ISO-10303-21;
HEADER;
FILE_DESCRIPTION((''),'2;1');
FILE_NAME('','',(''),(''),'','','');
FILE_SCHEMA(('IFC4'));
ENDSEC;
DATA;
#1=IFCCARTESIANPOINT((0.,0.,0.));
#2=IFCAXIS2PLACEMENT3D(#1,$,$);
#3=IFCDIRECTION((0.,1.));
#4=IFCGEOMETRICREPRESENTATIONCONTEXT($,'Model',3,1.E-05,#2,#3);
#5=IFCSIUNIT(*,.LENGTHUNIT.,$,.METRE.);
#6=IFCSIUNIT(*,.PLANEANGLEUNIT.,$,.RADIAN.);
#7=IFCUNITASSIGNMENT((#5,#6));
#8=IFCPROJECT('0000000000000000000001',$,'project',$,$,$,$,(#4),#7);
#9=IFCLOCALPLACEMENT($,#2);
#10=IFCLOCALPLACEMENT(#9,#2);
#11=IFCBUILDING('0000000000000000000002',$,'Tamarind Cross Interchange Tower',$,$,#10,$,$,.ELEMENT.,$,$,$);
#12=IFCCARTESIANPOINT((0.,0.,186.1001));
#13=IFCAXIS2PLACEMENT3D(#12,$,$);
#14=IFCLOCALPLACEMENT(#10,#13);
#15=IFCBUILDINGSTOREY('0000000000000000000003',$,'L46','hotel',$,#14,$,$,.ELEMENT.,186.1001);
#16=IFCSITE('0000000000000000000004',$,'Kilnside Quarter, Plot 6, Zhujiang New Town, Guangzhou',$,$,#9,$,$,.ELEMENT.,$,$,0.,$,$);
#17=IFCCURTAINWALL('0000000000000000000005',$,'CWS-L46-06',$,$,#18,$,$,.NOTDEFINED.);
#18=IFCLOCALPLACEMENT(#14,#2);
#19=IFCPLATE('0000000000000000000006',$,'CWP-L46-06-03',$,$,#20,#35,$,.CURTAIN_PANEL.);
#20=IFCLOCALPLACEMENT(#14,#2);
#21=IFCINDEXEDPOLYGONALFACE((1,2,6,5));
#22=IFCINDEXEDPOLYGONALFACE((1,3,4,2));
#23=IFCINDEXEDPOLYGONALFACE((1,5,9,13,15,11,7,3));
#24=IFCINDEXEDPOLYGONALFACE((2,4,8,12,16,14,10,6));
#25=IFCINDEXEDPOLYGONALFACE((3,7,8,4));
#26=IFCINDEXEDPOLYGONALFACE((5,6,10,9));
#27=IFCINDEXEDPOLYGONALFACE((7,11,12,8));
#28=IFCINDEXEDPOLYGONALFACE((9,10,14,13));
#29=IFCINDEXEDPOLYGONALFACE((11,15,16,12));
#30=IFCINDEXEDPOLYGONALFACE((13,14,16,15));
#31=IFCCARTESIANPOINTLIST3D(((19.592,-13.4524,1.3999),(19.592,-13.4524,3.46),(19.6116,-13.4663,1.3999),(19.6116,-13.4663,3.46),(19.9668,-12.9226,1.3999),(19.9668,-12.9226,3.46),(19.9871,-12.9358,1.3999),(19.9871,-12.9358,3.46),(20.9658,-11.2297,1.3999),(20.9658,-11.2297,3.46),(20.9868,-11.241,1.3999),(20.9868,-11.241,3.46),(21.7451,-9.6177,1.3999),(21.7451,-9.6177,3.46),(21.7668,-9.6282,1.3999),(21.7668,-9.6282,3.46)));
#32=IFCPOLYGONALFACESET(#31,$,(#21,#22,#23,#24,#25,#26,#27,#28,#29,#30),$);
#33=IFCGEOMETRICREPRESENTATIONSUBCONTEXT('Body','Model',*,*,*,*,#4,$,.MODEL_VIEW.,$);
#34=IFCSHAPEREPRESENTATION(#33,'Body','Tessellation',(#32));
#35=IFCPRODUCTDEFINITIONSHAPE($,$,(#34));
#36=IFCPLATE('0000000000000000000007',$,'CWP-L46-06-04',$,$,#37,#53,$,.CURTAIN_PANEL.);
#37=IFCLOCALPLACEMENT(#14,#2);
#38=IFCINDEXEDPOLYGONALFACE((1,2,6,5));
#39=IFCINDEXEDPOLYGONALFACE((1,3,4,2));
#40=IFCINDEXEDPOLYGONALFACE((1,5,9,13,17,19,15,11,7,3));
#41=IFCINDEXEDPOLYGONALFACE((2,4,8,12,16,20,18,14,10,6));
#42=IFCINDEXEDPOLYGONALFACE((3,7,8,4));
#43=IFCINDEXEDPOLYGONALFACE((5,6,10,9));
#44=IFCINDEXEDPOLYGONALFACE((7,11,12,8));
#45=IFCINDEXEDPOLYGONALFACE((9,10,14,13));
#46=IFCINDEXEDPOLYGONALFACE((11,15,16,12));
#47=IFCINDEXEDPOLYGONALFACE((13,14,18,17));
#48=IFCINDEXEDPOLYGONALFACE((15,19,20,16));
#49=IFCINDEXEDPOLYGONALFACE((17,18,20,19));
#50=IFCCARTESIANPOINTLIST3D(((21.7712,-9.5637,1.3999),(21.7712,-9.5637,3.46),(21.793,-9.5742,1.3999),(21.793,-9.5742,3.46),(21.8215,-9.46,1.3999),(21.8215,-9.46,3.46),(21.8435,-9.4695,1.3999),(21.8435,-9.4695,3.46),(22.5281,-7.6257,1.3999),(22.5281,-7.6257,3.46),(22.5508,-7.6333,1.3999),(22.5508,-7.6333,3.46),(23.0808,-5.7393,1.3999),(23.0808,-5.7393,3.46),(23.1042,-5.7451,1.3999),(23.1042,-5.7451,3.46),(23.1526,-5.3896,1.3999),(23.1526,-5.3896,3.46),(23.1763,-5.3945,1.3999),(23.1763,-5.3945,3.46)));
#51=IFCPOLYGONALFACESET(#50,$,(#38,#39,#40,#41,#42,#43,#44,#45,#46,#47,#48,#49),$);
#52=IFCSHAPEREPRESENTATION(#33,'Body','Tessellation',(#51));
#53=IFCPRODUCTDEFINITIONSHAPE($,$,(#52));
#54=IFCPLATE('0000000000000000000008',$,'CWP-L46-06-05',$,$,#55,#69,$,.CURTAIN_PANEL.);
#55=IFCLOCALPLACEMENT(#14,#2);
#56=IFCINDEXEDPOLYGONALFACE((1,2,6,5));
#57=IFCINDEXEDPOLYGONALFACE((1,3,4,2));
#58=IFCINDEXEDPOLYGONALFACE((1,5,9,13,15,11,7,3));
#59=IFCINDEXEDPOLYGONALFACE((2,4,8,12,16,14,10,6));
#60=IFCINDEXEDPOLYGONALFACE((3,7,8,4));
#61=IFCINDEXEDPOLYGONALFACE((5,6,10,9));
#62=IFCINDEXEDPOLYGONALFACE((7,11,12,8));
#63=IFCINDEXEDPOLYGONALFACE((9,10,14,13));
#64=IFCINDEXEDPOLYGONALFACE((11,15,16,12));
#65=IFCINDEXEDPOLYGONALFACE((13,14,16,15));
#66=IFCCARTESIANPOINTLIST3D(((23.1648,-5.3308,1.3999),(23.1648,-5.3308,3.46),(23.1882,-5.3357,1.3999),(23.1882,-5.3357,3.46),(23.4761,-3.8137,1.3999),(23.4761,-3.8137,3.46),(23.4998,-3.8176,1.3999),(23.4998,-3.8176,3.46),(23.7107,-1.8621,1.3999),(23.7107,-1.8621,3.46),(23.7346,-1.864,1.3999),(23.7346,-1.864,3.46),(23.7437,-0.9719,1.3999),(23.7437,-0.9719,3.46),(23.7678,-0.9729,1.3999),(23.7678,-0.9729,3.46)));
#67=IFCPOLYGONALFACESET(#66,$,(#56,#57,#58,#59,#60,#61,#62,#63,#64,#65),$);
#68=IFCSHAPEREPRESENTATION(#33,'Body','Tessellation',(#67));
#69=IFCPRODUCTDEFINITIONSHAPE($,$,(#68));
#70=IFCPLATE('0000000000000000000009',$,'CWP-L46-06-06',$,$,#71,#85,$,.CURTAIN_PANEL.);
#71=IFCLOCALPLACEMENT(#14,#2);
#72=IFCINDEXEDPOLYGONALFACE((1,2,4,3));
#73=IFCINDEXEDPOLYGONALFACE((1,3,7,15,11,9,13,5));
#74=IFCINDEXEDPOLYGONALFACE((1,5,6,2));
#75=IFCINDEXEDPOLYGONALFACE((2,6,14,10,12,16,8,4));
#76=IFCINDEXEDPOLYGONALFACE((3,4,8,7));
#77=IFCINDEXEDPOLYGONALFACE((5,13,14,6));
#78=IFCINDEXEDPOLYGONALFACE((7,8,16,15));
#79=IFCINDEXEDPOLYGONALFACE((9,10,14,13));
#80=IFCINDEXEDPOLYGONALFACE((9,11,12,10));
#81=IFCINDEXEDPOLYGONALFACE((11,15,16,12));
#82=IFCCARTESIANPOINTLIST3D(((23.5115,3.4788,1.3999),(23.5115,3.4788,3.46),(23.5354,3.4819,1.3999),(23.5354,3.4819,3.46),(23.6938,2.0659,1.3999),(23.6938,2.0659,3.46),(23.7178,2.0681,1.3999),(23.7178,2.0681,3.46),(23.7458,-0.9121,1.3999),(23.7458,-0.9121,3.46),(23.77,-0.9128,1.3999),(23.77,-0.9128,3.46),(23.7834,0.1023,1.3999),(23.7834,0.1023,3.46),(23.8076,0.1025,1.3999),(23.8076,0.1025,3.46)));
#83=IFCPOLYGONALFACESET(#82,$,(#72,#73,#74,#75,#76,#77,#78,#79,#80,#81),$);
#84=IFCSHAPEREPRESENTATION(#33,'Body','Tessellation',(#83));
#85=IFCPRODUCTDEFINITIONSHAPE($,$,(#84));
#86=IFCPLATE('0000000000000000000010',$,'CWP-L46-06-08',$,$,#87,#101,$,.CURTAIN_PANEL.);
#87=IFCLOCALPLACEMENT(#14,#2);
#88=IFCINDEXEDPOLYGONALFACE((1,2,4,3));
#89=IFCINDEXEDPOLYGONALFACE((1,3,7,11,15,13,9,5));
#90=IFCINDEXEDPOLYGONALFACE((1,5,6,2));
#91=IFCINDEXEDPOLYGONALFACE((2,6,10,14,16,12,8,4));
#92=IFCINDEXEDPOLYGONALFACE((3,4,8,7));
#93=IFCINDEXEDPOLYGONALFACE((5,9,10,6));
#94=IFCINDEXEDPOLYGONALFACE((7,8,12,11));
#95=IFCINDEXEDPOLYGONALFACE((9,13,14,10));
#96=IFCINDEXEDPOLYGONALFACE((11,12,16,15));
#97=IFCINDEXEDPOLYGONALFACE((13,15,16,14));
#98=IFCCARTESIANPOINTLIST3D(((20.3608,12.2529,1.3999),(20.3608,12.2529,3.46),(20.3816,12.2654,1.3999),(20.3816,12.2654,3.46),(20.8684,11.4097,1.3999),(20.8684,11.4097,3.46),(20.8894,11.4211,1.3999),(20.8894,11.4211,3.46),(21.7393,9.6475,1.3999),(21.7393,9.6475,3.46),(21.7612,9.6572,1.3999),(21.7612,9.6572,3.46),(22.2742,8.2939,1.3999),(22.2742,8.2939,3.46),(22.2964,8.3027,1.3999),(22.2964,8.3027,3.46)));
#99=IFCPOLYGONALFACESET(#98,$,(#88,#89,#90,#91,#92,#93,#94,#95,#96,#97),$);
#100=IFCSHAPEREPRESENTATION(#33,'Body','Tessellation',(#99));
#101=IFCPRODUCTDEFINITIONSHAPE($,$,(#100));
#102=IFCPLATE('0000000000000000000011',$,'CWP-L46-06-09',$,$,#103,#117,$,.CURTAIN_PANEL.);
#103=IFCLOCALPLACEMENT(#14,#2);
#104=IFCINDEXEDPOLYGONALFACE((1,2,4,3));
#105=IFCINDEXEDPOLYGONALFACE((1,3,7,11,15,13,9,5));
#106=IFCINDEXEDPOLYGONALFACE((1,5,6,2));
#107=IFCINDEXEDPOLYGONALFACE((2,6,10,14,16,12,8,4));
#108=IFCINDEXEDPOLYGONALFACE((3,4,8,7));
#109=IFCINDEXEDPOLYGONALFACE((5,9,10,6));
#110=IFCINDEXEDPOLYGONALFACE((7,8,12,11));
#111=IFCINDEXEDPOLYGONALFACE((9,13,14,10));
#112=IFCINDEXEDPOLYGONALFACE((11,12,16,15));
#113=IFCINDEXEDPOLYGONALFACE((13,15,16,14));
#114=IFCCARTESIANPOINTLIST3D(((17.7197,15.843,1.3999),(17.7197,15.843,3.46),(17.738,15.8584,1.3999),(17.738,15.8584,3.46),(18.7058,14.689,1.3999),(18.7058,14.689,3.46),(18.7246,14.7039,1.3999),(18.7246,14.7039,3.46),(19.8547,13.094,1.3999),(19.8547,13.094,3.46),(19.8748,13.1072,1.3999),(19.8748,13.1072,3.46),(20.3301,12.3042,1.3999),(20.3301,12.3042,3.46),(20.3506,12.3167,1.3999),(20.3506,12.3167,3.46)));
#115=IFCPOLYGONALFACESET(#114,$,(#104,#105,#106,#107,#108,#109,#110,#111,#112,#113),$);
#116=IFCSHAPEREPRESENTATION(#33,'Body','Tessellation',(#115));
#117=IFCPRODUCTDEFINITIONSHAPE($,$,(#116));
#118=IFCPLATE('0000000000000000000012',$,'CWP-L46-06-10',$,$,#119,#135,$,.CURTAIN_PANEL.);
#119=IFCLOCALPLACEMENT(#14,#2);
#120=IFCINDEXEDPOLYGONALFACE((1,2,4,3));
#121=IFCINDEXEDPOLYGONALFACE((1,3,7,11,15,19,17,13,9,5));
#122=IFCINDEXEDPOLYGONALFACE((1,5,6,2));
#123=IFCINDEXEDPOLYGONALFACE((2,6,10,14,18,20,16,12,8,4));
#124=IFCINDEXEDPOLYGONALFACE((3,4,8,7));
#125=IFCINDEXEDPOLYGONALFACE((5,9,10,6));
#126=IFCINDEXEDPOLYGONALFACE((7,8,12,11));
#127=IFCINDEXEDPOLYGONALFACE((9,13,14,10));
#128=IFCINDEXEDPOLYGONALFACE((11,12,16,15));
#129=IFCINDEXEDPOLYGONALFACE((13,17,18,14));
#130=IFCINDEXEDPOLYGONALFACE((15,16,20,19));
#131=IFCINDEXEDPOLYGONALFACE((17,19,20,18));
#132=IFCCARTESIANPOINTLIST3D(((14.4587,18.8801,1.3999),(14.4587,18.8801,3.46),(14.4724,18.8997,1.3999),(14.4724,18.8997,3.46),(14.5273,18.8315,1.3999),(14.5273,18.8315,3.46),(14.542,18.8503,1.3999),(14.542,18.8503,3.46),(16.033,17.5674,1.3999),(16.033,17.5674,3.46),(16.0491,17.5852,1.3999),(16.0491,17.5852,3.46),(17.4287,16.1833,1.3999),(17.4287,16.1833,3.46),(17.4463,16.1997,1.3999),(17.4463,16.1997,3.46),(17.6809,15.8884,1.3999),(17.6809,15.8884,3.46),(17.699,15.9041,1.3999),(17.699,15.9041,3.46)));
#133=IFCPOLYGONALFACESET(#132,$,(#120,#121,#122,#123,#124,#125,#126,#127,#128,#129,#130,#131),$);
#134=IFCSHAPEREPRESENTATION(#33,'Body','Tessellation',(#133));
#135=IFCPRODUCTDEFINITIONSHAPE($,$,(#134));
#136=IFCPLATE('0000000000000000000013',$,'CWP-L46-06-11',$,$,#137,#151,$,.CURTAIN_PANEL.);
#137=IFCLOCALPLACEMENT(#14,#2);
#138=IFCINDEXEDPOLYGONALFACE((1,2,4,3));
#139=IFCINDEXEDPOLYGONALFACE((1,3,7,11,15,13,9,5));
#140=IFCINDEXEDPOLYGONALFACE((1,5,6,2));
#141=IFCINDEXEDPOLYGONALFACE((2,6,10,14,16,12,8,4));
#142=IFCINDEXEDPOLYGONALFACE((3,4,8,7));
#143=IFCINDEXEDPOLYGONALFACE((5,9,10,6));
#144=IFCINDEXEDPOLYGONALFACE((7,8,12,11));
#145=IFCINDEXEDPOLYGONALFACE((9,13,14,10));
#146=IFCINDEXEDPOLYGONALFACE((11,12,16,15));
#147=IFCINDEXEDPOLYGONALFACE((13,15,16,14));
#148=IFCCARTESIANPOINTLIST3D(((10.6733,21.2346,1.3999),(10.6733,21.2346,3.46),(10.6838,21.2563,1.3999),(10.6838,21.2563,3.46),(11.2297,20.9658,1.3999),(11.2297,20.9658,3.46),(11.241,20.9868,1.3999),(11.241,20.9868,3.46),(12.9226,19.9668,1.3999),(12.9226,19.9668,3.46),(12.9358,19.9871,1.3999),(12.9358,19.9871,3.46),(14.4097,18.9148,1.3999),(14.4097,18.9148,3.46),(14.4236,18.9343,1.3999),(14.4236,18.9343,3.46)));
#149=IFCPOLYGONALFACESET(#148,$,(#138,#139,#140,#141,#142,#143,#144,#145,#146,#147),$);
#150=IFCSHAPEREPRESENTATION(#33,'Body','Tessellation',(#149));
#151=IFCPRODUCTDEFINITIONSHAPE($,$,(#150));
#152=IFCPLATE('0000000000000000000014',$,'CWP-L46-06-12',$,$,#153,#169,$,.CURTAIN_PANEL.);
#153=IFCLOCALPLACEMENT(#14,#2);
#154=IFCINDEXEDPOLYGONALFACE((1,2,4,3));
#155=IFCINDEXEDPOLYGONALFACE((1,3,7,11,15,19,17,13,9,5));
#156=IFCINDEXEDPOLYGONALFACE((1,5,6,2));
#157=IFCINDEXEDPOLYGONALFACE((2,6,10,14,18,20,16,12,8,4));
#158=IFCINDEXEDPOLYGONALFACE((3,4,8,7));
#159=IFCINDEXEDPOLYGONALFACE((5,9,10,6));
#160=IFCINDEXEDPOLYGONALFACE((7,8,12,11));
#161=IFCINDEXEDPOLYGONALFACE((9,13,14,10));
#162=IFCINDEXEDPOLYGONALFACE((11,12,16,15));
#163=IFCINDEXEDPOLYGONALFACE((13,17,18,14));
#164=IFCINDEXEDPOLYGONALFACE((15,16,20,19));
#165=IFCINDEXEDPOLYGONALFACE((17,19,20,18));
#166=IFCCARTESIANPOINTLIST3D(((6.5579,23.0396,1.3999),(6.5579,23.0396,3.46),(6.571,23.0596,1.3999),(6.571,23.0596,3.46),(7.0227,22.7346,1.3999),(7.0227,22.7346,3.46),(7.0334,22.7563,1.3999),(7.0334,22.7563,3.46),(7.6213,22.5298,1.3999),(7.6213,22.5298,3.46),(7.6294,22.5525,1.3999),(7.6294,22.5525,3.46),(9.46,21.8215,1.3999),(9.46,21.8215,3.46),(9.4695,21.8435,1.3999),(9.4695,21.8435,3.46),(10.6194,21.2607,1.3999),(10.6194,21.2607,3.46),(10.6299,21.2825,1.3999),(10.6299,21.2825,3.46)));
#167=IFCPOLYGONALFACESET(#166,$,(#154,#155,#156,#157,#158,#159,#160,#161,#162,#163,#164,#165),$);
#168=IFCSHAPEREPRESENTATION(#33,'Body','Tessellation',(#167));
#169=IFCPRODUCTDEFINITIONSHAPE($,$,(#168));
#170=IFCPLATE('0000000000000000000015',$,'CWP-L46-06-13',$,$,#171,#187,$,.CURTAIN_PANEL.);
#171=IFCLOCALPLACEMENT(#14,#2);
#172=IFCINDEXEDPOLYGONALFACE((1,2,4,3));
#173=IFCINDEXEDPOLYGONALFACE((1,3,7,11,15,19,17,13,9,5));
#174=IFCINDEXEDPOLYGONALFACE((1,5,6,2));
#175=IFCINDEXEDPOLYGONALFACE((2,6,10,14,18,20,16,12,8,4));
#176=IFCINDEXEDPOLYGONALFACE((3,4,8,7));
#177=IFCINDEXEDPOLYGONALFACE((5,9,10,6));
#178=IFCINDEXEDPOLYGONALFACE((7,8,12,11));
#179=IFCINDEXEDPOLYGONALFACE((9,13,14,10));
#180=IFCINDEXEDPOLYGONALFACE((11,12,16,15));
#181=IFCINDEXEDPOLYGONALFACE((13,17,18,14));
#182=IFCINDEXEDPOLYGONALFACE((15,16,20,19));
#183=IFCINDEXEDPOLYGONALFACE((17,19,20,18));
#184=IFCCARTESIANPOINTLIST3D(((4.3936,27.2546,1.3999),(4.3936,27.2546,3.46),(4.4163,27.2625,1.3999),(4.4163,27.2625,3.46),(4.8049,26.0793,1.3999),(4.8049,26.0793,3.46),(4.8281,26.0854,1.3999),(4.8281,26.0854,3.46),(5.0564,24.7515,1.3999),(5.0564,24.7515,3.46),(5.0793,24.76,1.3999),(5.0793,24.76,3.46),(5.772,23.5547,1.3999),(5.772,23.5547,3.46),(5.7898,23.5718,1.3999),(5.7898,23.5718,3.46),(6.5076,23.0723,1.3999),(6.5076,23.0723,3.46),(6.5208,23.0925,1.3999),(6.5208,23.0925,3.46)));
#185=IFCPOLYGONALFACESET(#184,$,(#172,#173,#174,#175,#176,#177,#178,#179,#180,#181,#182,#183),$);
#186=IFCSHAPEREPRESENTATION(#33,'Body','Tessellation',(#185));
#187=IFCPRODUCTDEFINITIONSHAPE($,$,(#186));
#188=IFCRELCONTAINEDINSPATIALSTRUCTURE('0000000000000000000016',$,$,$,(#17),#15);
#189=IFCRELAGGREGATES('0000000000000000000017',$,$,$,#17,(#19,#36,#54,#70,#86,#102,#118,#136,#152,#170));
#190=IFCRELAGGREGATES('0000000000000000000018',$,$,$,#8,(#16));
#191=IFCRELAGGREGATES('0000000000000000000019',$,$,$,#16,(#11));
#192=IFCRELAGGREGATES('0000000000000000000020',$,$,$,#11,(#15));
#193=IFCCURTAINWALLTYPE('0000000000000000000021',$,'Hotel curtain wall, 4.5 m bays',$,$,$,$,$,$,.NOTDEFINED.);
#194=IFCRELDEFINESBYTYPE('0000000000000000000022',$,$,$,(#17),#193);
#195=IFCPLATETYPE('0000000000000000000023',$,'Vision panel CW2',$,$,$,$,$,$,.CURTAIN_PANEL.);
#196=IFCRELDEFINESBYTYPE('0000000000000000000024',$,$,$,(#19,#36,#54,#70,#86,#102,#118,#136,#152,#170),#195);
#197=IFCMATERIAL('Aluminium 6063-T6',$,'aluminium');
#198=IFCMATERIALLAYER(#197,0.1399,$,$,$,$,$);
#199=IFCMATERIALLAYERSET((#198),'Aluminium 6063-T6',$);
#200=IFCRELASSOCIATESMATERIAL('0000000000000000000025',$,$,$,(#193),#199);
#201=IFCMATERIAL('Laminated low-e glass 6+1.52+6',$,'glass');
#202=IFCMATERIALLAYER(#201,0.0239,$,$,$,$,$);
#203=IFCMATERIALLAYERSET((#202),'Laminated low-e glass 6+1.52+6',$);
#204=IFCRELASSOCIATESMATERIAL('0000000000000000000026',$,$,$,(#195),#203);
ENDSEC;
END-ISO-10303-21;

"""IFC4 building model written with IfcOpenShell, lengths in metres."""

from ifc_helpers import new_model, si_unit, direction, frame, origin, place, context, subcontext, project, spatial, polyline, outline, extrude, material, layer, layer_set, type_object, element, aggregate, save


model = new_model("IFC4")

# Units and contexts
model_context = context("Model", 3, precision=1e-05, world=origin(), true_north=direction((0.0, 1.0)))
body_context = subcontext(model_context, "Body", "Model", "MODEL_VIEW")
ifc_project = project(units=[si_unit("LENGTHUNIT", "METRE"), si_unit("PLANEANGLEUNIT", "RADIAN")], contexts=[model_context])

# Site, building, storey
site_placement = place(None, origin())
site = spatial("IfcSite", under=ifc_project, at=site_placement, Name="Kilnside Quarter, Plot 6, Zhujiang New Town, Guangzhou", CompositionType="ELEMENT", RefElevation=0.0)
building_placement = place(site_placement, origin())
building = spatial("IfcBuilding", under=site, at=building_placement, Name="Tamarind Cross Interchange Tower", CompositionType="ELEMENT")
storey_placement = place(building_placement, frame((0.0, 0.0, 186.1001)))
storey = spatial("IfcBuildingStorey", under=building, at=storey_placement, Name="L46", Description="hotel", CompositionType="ELEMENT", Elevation=186.1001)

# Curtain wall, plates
ifc_material_1 = material(Name="Aluminium 6063-T6", Category="aluminium")
ifc_layer_1 = layer(ifc_material_1, 0.1399)
ifc_layer_set_1 = layer_set([ifc_layer_1], Name="Aluminium 6063-T6")
curtain_wall_type = type_object("IfcCurtainWallType", Name="Hotel curtain wall, 4.5 m bays", PredefinedType="NOTDEFINED", material=ifc_layer_set_1)
curtain_wall_1_placement = place(storey_placement, origin())
curtain_wall_1 = element("IfcCurtainWall", 1, at=curtain_wall_1_placement, inside=storey, type_object=curtain_wall_type, Name="CWS-L46-06", PredefinedType="NOTDEFINED")
ifc_material_2 = material(Name="Laminated low-e glass 6+1.52+6", Category="glass")
ifc_layer_2 = layer(ifc_material_2, 0.0239)
ifc_layer_set_2 = layer_set([ifc_layer_2], Name="Laminated low-e glass 6+1.52+6")
plate_type = type_object("IfcPlateType", Name="Vision panel CW2", PredefinedType="CURTAIN_PANEL", material=ifc_layer_set_2)
plate_1_placement = place(storey_placement, frame((0.0, 0.0, 1.3999)))
plate_1 = element("IfcPlate", 2, at=plate_1_placement, type_object=plate_type, Name="CWP-L46-06-03", PredefinedType="CURTAIN_PANEL", context=body_context, shape_type="SweptSolid", body=[
    extrude(outline(polyline([(19.592, -13.4524), (19.9668, -12.9226), (20.9658, -11.2297), (21.7451, -9.6177), (21.7668, -9.6282), (20.9868, -11.241), (19.9871, -12.9358), (19.6116, -13.4663), (19.592, -13.4524)])), origin(), (0.0, 0.0, 1.0), 2.0601),
])
plate_2_placement = place(storey_placement, frame((0.0, 0.0, 1.3999)))
plate_2 = element("IfcPlate", 3, at=plate_2_placement, type_object=plate_type, Name="CWP-L46-06-04", PredefinedType="CURTAIN_PANEL", context=body_context, shape_type="SweptSolid", body=[
    extrude(outline(polyline([(21.7712, -9.5637), (21.8215, -9.46), (22.5281, -7.6257), (23.0808, -5.7393), (23.1526, -5.3896), (23.1763, -5.3945), (23.1042, -5.7451), (22.5508, -7.6333), (21.8435, -9.4695), (21.793, -9.5742), (21.7712, -9.5637)])), origin(), (0.0, 0.0, 1.0), 2.0601),
])
plate_3_placement = place(storey_placement, frame((0.0, 0.0, 1.3999)))
plate_3 = element("IfcPlate", 4, at=plate_3_placement, type_object=plate_type, Name="CWP-L46-06-05", PredefinedType="CURTAIN_PANEL", context=body_context, shape_type="SweptSolid", body=[
    extrude(outline(polyline([(23.1648, -5.3308), (23.4761, -3.8137), (23.7107, -1.8621), (23.7437, -0.9719), (23.7678, -0.9729), (23.7346, -1.864), (23.4998, -3.8176), (23.1882, -5.3357), (23.1648, -5.3308)])), origin(), (0.0, 0.0, 1.0), 2.0601),
])
plate_4_placement = place(storey_placement, frame((0.0, 0.0, 1.3999)))
plate_4 = element("IfcPlate", 5, at=plate_4_placement, type_object=plate_type, Name="CWP-L46-06-06", PredefinedType="CURTAIN_PANEL", context=body_context, shape_type="SweptSolid", body=[
    extrude(outline(polyline([(23.7458, -0.9121), (23.7834, 0.1023), (23.6938, 2.0659), (23.5115, 3.4788), (23.5354, 3.4819), (23.7178, 2.0681), (23.8076, 0.1025), (23.77, -0.9128), (23.7458, -0.9121)])), origin(), (0.0, 0.0, 1.0), 2.0601),
])
plate_5_placement = place(storey_placement, frame((0.0, 0.0, 1.3999)))
plate_5 = element("IfcPlate", 6, at=plate_5_placement, type_object=plate_type, Name="CWP-L46-06-08", PredefinedType="CURTAIN_PANEL", context=body_context, shape_type="SweptSolid", body=[
    extrude(outline(polyline([(22.2742, 8.2939), (21.7393, 9.6475), (20.8684, 11.4097), (20.3608, 12.2529), (20.3816, 12.2654), (20.8894, 11.4211), (21.7612, 9.6572), (22.2964, 8.3027), (22.2742, 8.2939)])), origin(), (0.0, 0.0, 1.0), 2.0601),
])
plate_6_placement = place(storey_placement, frame((0.0, 0.0, 1.3999)))
plate_6 = element("IfcPlate", 7, at=plate_6_placement, type_object=plate_type, Name="CWP-L46-06-09", PredefinedType="CURTAIN_PANEL", context=body_context, shape_type="SweptSolid", body=[
    extrude(outline(polyline([(20.3301, 12.3042), (19.8547, 13.094), (18.7058, 14.689), (17.7197, 15.843), (17.738, 15.8584), (18.7246, 14.7039), (19.8748, 13.1072), (20.3506, 12.3167), (20.3301, 12.3042)])), origin(), (0.0, 0.0, 1.0), 2.0601),
])
plate_7_placement = place(storey_placement, frame((0.0, 0.0, 1.3999)))
plate_7 = element("IfcPlate", 8, at=plate_7_placement, type_object=plate_type, Name="CWP-L46-06-10", PredefinedType="CURTAIN_PANEL", context=body_context, shape_type="SweptSolid", body=[
    extrude(outline(polyline([(17.6809, 15.8884), (17.4287, 16.1833), (16.033, 17.5674), (14.5273, 18.8315), (14.4587, 18.8801), (14.4724, 18.8997), (14.542, 18.8503), (16.0491, 17.5852), (17.4463, 16.1997), (17.699, 15.9041), (17.6809, 15.8884)])), origin(), (0.0, 0.0, 1.0), 2.0601),
])
plate_8_placement = place(storey_placement, frame((0.0, 0.0, 1.3999)))
plate_8 = element("IfcPlate", 9, at=plate_8_placement, type_object=plate_type, Name="CWP-L46-06-11", PredefinedType="CURTAIN_PANEL", context=body_context, shape_type="SweptSolid", body=[
    extrude(outline(polyline([(14.4097, 18.9148), (12.9226, 19.9668), (11.2297, 20.9658), (10.6733, 21.2346), (10.6838, 21.2563), (11.241, 20.9868), (12.9358, 19.9871), (14.4236, 18.9343), (14.4097, 18.9148)])), origin(), (0.0, 0.0, 1.0), 2.0601),
])
plate_9_placement = place(storey_placement, frame((0.0, 0.0, 1.3999)))
plate_9 = element("IfcPlate", 10, at=plate_9_placement, type_object=plate_type, Name="CWP-L46-06-12", PredefinedType="CURTAIN_PANEL", context=body_context, shape_type="SweptSolid", body=[
    extrude(outline(polyline([(10.6194, 21.2607), (9.46, 21.8215), (7.6213, 22.5298), (7.0227, 22.7346), (6.5579, 23.0396), (6.571, 23.0596), (7.0334, 22.7563), (7.6294, 22.5525), (9.4695, 21.8435), (10.6299, 21.2825), (10.6194, 21.2607)])), origin(), (0.0, 0.0, 1.0), 2.0601),
])
plate_10_placement = place(storey_placement, frame((0.0, 0.0, 1.3999)))
plate_10 = element("IfcPlate", 11, at=plate_10_placement, type_object=plate_type, Name="CWP-L46-06-13", PredefinedType="CURTAIN_PANEL", context=body_context, shape_type="SweptSolid", body=[
    extrude(outline(polyline([(6.5076, 23.0723), (5.772, 23.5547), (5.0564, 24.7515), (4.8049, 26.0793), (4.3936, 27.2546), (4.4163, 27.2625), (4.8281, 26.0854), (5.0793, 24.76), (5.7898, 23.5718), (6.5208, 23.0925), (6.5076, 23.0723)])), origin(), (0.0, 0.0, 1.0), 2.0601),
])
aggregate(curtain_wall_1, [plate_1, plate_2, plate_3, plate_4, plate_5, plate_6, plate_7, plate_8, plate_9, plate_10])

save(model, "model.ifc")
